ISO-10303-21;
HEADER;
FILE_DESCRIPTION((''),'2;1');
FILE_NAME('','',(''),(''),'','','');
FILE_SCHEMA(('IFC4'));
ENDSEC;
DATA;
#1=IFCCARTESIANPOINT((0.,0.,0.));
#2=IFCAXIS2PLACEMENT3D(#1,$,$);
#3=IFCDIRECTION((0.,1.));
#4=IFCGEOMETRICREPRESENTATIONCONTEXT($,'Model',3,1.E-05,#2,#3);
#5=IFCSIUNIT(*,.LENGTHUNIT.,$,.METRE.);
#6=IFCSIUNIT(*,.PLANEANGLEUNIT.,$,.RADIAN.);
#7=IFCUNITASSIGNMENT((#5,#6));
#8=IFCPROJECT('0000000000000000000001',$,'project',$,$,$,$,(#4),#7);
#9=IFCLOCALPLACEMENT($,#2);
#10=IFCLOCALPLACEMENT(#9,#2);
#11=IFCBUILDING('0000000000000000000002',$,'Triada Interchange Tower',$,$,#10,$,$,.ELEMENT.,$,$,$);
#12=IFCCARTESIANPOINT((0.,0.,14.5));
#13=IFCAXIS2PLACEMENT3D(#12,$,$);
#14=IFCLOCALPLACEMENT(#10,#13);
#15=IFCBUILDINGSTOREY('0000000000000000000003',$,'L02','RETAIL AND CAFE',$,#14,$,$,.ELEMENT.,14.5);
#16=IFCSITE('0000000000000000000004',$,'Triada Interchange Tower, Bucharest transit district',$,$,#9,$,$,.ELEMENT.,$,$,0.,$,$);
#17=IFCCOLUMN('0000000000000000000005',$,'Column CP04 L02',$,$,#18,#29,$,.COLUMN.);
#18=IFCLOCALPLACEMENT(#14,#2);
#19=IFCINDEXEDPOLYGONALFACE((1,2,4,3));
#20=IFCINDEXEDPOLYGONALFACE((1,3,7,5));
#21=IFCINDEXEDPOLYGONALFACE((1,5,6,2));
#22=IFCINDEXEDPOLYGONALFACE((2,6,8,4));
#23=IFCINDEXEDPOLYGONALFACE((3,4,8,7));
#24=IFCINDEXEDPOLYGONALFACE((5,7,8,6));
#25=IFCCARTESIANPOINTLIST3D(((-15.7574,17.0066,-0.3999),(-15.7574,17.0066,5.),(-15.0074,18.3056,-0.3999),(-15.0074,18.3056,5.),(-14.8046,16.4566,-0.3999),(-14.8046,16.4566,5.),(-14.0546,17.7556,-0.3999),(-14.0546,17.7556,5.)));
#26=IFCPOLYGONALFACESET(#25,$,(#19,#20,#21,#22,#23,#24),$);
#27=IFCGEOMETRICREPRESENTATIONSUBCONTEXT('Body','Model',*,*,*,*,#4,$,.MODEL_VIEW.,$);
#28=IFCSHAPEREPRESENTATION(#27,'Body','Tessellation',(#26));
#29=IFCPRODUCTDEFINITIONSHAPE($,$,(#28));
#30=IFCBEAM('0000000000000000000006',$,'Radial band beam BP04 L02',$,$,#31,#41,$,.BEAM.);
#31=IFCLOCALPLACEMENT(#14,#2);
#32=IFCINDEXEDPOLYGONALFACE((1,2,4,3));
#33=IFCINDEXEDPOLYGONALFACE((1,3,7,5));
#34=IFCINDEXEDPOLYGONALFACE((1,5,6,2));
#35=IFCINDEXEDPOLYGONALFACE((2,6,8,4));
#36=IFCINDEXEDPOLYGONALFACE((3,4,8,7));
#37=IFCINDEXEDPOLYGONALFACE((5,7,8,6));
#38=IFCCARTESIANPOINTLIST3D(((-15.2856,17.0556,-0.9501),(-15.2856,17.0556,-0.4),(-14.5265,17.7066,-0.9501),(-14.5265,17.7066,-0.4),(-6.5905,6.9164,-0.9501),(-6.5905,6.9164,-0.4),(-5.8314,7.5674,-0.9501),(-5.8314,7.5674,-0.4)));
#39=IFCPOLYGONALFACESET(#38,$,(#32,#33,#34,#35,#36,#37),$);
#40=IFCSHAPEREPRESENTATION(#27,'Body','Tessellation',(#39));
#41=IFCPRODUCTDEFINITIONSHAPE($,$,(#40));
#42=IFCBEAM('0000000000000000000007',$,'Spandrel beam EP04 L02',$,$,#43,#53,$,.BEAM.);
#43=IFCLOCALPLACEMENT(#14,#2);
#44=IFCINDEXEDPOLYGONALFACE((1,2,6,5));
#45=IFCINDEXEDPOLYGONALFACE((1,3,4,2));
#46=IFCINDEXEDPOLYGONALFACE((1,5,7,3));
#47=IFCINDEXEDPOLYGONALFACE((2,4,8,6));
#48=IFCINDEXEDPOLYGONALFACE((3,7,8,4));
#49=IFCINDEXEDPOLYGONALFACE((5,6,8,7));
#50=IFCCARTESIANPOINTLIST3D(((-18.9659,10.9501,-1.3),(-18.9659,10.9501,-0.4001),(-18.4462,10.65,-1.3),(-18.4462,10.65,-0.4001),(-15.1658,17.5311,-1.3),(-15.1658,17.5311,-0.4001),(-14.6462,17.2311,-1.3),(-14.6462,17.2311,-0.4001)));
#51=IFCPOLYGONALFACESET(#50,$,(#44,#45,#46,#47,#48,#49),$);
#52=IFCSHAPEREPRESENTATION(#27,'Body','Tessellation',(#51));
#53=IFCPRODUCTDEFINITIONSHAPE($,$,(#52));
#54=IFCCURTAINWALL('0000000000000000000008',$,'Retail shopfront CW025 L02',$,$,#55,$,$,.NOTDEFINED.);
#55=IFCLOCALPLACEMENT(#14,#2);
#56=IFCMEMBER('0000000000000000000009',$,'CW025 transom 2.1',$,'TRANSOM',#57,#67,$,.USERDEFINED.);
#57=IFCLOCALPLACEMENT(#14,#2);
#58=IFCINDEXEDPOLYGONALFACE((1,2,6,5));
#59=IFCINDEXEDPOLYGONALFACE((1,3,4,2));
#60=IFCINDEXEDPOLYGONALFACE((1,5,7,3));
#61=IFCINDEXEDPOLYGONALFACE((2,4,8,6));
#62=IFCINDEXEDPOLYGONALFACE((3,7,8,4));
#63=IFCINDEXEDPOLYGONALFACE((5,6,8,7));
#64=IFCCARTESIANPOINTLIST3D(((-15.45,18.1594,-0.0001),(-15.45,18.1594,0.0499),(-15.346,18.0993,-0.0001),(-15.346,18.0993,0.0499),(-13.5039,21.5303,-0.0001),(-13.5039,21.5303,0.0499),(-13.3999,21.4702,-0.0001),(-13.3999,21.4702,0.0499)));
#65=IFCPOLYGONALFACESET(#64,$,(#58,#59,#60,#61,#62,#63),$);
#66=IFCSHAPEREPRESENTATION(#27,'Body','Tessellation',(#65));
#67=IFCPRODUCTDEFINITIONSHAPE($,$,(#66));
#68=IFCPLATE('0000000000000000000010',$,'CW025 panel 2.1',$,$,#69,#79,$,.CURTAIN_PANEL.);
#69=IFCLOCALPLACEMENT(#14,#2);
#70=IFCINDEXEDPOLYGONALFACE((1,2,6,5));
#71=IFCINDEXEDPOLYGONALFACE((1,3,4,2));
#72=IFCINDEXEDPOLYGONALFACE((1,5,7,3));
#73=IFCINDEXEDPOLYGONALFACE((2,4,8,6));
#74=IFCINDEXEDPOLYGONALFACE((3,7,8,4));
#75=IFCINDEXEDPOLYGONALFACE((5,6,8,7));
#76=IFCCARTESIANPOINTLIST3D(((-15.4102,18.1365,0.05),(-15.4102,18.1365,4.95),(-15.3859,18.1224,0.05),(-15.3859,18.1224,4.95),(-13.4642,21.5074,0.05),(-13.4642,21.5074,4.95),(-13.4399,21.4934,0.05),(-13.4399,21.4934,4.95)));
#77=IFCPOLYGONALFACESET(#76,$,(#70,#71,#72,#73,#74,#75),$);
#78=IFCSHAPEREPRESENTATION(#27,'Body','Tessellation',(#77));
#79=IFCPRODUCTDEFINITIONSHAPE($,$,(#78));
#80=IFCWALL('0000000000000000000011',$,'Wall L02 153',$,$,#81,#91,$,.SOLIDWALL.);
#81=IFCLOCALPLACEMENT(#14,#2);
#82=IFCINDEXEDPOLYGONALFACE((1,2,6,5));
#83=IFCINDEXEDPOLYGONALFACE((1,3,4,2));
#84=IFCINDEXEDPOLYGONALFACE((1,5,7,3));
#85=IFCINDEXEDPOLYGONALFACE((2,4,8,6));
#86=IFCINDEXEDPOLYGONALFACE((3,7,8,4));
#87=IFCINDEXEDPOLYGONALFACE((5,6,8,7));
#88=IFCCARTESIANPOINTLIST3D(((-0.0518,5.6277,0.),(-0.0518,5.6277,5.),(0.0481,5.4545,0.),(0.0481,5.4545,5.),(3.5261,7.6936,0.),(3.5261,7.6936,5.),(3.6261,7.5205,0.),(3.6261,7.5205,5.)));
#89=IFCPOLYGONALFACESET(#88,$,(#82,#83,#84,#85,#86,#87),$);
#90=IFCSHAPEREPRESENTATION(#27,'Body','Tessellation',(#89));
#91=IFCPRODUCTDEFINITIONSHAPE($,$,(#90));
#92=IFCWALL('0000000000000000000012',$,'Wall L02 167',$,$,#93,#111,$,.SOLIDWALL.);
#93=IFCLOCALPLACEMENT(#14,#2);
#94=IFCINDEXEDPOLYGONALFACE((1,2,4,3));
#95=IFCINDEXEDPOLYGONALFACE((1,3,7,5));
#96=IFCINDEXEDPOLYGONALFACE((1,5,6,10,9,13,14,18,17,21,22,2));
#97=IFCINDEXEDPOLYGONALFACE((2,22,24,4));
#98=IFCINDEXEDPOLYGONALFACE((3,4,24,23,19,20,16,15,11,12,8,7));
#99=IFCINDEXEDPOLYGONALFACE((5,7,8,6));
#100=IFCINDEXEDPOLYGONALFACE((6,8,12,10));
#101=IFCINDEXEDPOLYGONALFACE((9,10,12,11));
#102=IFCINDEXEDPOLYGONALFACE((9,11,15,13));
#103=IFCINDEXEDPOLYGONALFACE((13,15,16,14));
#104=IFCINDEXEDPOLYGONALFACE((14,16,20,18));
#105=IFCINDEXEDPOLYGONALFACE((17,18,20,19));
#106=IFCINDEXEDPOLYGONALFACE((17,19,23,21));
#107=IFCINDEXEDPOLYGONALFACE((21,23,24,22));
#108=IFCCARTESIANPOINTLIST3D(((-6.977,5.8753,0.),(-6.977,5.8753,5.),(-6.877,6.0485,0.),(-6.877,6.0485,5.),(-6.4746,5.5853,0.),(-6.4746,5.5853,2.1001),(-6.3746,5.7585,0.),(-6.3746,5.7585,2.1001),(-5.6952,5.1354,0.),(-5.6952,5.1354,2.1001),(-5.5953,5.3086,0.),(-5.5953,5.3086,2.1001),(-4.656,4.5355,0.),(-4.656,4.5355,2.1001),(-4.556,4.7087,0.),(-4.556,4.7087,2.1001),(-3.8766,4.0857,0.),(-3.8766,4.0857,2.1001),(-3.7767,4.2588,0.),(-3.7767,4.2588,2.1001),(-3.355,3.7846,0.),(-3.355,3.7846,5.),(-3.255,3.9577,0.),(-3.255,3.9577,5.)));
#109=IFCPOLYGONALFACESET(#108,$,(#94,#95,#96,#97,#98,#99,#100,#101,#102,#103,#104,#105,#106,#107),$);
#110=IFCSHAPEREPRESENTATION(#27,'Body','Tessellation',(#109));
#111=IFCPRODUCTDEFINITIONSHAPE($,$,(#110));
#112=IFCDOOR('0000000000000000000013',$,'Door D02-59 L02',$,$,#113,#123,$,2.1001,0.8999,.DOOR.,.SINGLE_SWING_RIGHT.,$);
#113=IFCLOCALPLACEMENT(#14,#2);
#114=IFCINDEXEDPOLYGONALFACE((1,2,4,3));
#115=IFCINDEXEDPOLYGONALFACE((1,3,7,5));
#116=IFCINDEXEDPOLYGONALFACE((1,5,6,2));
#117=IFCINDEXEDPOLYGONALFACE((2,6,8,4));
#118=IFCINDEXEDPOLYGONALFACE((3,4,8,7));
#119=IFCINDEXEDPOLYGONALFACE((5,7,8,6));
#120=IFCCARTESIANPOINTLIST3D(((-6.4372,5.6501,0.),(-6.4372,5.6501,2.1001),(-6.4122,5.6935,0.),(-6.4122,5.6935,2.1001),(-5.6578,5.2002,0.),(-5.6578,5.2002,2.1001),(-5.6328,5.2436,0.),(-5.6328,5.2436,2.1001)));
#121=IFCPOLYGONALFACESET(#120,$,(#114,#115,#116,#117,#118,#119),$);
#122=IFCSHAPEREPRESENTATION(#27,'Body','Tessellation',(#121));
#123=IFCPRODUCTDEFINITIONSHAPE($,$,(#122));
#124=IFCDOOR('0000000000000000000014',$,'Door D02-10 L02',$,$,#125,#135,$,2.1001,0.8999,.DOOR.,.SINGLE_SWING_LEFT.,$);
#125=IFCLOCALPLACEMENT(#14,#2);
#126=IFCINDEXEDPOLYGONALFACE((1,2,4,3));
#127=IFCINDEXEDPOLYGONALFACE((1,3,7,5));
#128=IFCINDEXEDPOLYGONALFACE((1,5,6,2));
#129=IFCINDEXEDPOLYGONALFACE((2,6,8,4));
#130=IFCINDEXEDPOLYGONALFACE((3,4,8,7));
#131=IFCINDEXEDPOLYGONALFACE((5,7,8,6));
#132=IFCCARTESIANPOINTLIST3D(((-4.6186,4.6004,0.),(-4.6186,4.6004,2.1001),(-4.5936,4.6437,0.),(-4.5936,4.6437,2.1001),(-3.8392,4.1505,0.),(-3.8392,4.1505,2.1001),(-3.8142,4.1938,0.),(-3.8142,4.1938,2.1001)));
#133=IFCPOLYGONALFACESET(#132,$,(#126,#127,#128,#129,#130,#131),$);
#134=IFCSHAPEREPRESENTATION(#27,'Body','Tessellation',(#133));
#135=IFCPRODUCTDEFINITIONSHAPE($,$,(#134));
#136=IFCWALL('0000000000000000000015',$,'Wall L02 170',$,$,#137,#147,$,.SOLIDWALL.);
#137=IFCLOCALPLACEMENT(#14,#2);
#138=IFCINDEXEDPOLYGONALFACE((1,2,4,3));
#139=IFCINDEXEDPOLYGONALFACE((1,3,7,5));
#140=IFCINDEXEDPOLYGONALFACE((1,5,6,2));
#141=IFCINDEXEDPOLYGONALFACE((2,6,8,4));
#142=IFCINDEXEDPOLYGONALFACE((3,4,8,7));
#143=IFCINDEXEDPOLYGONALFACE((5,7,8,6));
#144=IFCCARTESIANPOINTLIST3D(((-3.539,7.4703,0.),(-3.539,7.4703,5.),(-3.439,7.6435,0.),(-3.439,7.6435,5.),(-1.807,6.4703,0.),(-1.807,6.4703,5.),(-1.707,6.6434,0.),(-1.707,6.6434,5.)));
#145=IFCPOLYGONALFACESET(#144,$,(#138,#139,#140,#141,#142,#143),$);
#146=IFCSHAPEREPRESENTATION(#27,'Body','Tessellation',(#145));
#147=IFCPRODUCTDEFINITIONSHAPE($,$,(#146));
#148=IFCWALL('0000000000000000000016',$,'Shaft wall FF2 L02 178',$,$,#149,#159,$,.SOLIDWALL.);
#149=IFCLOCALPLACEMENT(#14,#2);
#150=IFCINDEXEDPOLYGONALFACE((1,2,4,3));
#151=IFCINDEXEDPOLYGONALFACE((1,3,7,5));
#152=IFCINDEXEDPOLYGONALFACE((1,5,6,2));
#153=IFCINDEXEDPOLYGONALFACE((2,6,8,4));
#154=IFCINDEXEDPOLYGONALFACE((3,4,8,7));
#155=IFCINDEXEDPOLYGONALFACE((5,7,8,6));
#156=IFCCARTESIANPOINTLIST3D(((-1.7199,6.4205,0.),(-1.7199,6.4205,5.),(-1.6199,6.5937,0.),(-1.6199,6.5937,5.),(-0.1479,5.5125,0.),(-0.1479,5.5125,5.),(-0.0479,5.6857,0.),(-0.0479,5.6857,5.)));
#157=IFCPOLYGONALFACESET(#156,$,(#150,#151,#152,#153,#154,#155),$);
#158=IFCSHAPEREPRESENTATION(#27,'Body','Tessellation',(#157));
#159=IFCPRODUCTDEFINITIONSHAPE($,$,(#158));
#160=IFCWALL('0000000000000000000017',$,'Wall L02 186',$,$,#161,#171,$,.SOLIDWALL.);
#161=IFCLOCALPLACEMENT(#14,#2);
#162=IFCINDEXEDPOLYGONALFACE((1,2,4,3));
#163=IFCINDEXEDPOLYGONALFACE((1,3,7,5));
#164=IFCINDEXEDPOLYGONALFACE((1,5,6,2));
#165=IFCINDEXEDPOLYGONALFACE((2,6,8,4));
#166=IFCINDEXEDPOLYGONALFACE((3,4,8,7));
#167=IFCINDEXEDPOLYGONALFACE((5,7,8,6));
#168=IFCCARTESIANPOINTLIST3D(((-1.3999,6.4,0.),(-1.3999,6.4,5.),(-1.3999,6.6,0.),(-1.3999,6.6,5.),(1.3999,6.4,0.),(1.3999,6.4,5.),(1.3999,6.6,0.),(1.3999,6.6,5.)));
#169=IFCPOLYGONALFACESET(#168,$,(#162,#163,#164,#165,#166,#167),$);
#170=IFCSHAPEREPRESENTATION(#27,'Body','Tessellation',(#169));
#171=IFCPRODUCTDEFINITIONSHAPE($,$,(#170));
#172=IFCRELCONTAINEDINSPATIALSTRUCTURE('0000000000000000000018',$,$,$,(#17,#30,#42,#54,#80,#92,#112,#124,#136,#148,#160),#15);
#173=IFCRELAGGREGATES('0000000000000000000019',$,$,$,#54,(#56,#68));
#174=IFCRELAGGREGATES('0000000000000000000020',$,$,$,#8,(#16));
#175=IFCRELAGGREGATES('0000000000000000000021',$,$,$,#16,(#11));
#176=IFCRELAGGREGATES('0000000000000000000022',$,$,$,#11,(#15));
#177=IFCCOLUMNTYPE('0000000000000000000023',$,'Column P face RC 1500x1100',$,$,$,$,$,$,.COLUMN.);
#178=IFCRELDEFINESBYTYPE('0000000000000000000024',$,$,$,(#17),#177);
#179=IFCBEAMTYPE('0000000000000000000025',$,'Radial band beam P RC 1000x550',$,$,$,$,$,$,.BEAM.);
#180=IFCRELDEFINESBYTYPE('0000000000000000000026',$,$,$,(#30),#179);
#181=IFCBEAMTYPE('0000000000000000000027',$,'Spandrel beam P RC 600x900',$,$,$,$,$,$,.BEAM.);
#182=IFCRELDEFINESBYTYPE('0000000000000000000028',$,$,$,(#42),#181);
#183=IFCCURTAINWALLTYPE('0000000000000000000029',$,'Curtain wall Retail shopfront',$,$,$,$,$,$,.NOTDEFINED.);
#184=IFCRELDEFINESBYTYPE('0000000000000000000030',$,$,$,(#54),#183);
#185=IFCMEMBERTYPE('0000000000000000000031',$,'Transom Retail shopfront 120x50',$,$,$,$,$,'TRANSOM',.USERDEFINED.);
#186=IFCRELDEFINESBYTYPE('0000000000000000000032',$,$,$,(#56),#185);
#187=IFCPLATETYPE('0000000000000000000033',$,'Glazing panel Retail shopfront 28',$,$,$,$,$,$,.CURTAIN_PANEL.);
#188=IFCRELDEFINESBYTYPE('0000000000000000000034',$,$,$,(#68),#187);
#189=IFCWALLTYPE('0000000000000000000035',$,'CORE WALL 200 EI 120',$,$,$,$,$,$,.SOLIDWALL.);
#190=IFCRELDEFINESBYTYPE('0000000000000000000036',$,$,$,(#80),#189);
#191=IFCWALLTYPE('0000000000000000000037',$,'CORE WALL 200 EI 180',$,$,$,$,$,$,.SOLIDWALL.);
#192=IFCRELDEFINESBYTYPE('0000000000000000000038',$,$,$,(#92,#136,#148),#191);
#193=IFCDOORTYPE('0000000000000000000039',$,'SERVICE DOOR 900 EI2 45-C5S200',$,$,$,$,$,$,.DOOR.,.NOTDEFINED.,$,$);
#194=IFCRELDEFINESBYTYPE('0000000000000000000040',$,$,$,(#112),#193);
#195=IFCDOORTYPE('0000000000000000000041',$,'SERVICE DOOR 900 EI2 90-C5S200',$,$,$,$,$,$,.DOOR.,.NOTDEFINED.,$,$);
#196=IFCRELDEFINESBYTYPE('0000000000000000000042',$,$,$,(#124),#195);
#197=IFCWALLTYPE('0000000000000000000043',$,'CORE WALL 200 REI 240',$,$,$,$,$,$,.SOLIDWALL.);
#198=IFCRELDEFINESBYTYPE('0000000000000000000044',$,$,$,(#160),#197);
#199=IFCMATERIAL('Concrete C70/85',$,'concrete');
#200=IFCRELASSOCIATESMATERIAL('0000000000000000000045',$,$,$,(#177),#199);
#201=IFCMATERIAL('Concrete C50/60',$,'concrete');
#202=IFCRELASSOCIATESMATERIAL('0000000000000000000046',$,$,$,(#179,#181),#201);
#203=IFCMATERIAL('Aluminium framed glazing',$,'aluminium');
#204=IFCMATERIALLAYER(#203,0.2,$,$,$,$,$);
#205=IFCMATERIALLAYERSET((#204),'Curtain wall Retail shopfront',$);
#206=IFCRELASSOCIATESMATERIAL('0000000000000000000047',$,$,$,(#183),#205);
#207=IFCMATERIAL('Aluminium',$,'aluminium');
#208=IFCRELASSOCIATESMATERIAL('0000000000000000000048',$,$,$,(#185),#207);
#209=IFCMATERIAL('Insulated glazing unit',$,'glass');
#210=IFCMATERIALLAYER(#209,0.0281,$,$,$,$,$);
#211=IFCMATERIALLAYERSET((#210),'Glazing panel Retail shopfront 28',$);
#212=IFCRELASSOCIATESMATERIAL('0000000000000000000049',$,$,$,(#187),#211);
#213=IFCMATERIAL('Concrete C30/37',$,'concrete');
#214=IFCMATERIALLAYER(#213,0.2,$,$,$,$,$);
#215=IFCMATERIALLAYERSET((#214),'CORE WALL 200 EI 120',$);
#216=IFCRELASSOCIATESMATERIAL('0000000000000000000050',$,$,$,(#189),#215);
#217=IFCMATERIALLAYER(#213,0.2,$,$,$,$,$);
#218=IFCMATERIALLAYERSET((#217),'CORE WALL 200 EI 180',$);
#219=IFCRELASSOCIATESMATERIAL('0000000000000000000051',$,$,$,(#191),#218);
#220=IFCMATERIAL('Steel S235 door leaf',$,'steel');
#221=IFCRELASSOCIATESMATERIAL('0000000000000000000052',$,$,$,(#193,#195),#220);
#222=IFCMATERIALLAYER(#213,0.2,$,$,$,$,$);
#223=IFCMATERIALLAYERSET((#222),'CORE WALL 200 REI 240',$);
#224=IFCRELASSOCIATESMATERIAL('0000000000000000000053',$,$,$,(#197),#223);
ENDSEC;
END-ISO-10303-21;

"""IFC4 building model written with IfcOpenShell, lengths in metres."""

from ifc_helpers import new_model, si_unit, direction, frame, frame_2d, origin, origin_2d, place, context, subcontext, project, spatial, rectangle, extrude, material, layer, layer_set, material_profile, profile_set, type_object, element, fill, aggregate, save


model = new_model("IFC4")

# Units and contexts
model_context = context("Model", 3, precision=1e-05, world=origin(), true_north=direction((0.0, 1.0)))
body_context = subcontext(model_context, "Body", "Model", "MODEL_VIEW")
ifc_project = project(units=[si_unit("LENGTHUNIT", "METRE"), si_unit("PLANEANGLEUNIT", "RADIAN")], contexts=[model_context])

# Site, building, storey
site_placement = place(None, origin())
site = spatial("IfcSite", under=ifc_project, at=site_placement, Name="Triada Interchange Tower, Bucharest transit district", CompositionType="ELEMENT", RefElevation=0.0)
building_placement = place(site_placement, origin())
building = spatial("IfcBuilding", under=site, at=building_placement, Name="Triada Interchange Tower", CompositionType="ELEMENT")
storey_placement = place(building_placement, frame((0.0, 0.0, 14.5)))
storey = spatial("IfcBuildingStorey", under=building, at=storey_placement, Name="L02", Description="RETAIL AND CAFE", CompositionType="ELEMENT", Elevation=14.5)

# Column
ifc_material_1 = material(Name="Concrete C70/85", Category="concrete")
ifc_material_profile_1 = material_profile(ifc_material_1, rectangle(XDim=1.5, YDim=1.1001, at=origin_2d()), Name="RC 1500x1100")
ifc_profile_set_1 = profile_set([ifc_material_profile_1], Name="Concrete C70/85")
column_type = type_object("IfcColumnType", Name="Column P face RC 1500x1100", PredefinedType="COLUMN", material=ifc_profile_set_1)
column_placement = place(storey_placement, frame((-14.906, 17.3811, -0.3999), z_axis=(0.0, 0.0, 1.0), x_axis=(0.5, 0.866025, 0.0)))
element("IfcColumn", 1, at=column_placement, inside=storey, type_object=column_type, Name="Column CP04 L02", PredefinedType="COLUMN", context=body_context, shape_type="SweptSolid", body=[
    extrude(rectangle(XDim=1.5, YDim=1.1001, at=origin_2d()), origin(), (0.0, 0.0, 1.0), 5.3999),
])

# Beams
ifc_material_2 = material(Name="Concrete C50/60", Category="concrete")
ifc_material_profile_2 = material_profile(ifc_material_2, rectangle(XDim=1.0, YDim=0.55, at=origin_2d()), Name="RC 1000x550")
ifc_profile_set_2 = profile_set([ifc_material_profile_2], Name="Concrete C50/60")
beam_type_1 = type_object("IfcBeamType", Name="Radial band beam P RC 1000x550", PredefinedType="BEAM", material=ifc_profile_set_2)
beam_1_placement = place(storey_placement, frame((-14.906, 17.3811, -0.675), z_axis=(0.65098, -0.759095, 0.0), x_axis=(0.759095, 0.65098, 0.0)))
element("IfcBeam", 2, at=beam_1_placement, inside=storey, type_object=beam_type_1, Name="Radial band beam BP04 L02", PredefinedType="BEAM", context=body_context, shape_type="SweptSolid", body=[
    extrude(rectangle(XDim=1.0, YDim=0.55, at=origin_2d()), origin(), (0.0, 0.0, 1.0), 13.3569),
])
ifc_material_profile_3 = material_profile(ifc_material_2, rectangle(XDim=0.6001, YDim=0.8999, at=origin_2d()), Name="RC 600x900")
ifc_profile_set_3 = profile_set([ifc_material_profile_3], Name="Concrete C50/60")
beam_type_2 = type_object("IfcBeamType", Name="Spandrel beam P RC 600x900", PredefinedType="BEAM", material=ifc_profile_set_3)
beam_2_placement = place(storey_placement, frame((-14.906, 17.3811, -0.8501), z_axis=(-0.500047, -0.865998, 0.0), x_axis=(0.865998, -0.500047, 0.0)))
element("IfcBeam", 3, at=beam_2_placement, inside=storey, type_object=beam_type_2, Name="Spandrel beam EP04 L02", PredefinedType="BEAM", context=body_context, shape_type="SweptSolid", body=[
    extrude(rectangle(XDim=0.6001, YDim=0.8999, at=origin_2d()), origin(), (0.0, 0.0, 1.0), 7.5994),
])

# Curtain wall, member, plate
ifc_material_3 = material(Name="Aluminium framed glazing", Category="aluminium")
ifc_layer_1 = layer(ifc_material_3, 0.2)
ifc_layer_set_1 = layer_set([ifc_layer_1], Name="Curtain wall Retail shopfront")
curtain_wall_type = type_object("IfcCurtainWallType", Name="Curtain wall Retail shopfront", PredefinedType="NOTDEFINED", material=ifc_layer_set_1)
curtain_wall_placement = place(storey_placement, origin())
curtain_wall = element("IfcCurtainWall", 4, at=curtain_wall_placement, inside=storey, type_object=curtain_wall_type, Name="Retail shopfront CW025 L02", PredefinedType="NOTDEFINED")
ifc_material_4 = material(Name="Aluminium", Category="aluminium")
ifc_material_profile_4 = material_profile(ifc_material_4, rectangle(XDim=0.1201, YDim=0.05, at=origin_2d()), Name="Aluminium transom")
ifc_profile_set_4 = profile_set([ifc_material_profile_4], Name="Aluminium")
member_type = type_object("IfcMemberType", Name="Transom Retail shopfront 120x50", ElementType="TRANSOM", PredefinedType="USERDEFINED", material=ifc_profile_set_4)
member_placement = place(storey_placement, frame((-13.4519, 21.5002, 0.0249), z_axis=(-0.499978, -0.866038, 0.0), x_axis=(0.866038, -0.499978, 0.0)))
member = element("IfcMember", 5, at=member_placement, type_object=member_type, Name="CW025 transom 2.1", ObjectType="TRANSOM", PredefinedType="USERDEFINED", context=body_context, shape_type="SweptSolid", body=[
    extrude(rectangle(XDim=0.1201, YDim=0.05, at=origin_2d()), origin(), (0.0, 0.0, 1.0), 3.8923),
])
ifc_material_5 = material(Name="Insulated glazing unit", Category="glass")
ifc_layer_2 = layer(ifc_material_5, 0.0281)
ifc_layer_set_2 = layer_set([ifc_layer_2], Name="Glazing panel Retail shopfront 28")
plate_type = type_object("IfcPlateType", Name="Glazing panel Retail shopfront 28", PredefinedType="CURTAIN_PANEL", material=ifc_layer_set_2)
plate_placement = place(storey_placement, frame((-14.425, 19.8149, 0.05), z_axis=(0.0, 0.0, 1.0), x_axis=(-0.499948, -0.866055, 0.0)))
plate = element("IfcPlate", 6, at=plate_placement, type_object=plate_type, Name="CW025 panel 2.1", PredefinedType="CURTAIN_PANEL", context=body_context, shape_type="SweptSolid", body=[
    extrude(rectangle(XDim=3.8923, YDim=0.0281, at=origin_2d()), origin(), (0.0, 0.0, 1.0), 4.8999),
])
aggregate(curtain_wall, [member, plate])

# Wall
ifc_material_6 = material(Name="Concrete C30/37", Category="concrete")
ifc_layer_3 = layer(ifc_material_6, 0.2)
ifc_layer_set_3 = layer_set([ifc_layer_3], Name="CORE WALL 200 EI 120")
wall_type_1 = type_object("IfcWallType", Name="CORE WALL 200 EI 120", PredefinedType="SOLIDWALL", material=ifc_layer_set_3)
wall_1_placement = place(storey_placement, frame((-0.002, 5.541, 0.0), z_axis=(0.0, 0.0, 1.0), x_axis=(0.866002, 0.500041, 0.0)))
element("IfcWall", 7, at=wall_1_placement, inside=storey, type_object=wall_type_1, Name="Wall L02 153", PredefinedType="SOLIDWALL", context=body_context, shape_type="SweptSolid", body=[
    extrude(rectangle(XDim=4.1316, YDim=0.2, at=frame_2d((2.0659, 0.0))), origin(), (0.0, 0.0, 1.0), 5.0),
])

# Wall, openings, doors
ifc_layer_4 = layer(ifc_material_6, 0.2)
ifc_layer_set_4 = layer_set([ifc_layer_4], Name="CORE WALL 200 EI 180")
wall_type_2 = type_object("IfcWallType", Name="CORE WALL 200 EI 180", PredefinedType="SOLIDWALL", material=ifc_layer_set_4)
wall_2_placement = place(storey_placement, frame((-6.927, 5.9619, 0.0), z_axis=(0.0, 0.0, 1.0), x_axis=(0.866065, -0.499931, 0.0)))
wall_2 = element("IfcWall", 8, at=wall_2_placement, inside=storey, type_object=wall_type_2, Name="Wall L02 167", PredefinedType="SOLIDWALL", context=body_context, shape_type="SweptSolid", body=[
    extrude(rectangle(XDim=4.1821, YDim=0.2, at=frame_2d((2.0911, 0.0))), origin(), (0.0, 0.0, 1.0), 5.0),
])
opening_1_placement = place(wall_2_placement, frame((2.6799, 0.0, 0.0)))
opening_1 = element("IfcOpeningElement", 9, at=opening_1_placement, cuts=wall_2, PredefinedType="OPENING", context=body_context, shape_type="SweptSolid", body=[
    extrude(rectangle(XDim=0.8999, YDim=2.1001, at=frame_2d((0.45, 1.05))), frame((0.0, 0.1099, 0.0), z_axis=(0.0, -1.0, 0.0), x_axis=(1.0, 0.0, 0.0)), (0.0, 0.0, 1.0), 0.22),
])
opening_2_placement = place(wall_2_placement, frame((0.5801, 0.0, 0.0)))
opening_2 = element("IfcOpeningElement", 10, at=opening_2_placement, cuts=wall_2, PredefinedType="OPENING", context=body_context, shape_type="SweptSolid", body=[
    extrude(rectangle(XDim=0.8999, YDim=2.1001, at=frame_2d((0.45, 1.05))), frame((0.0, 0.1099, 0.0), z_axis=(0.0, -1.0, 0.0), x_axis=(1.0, 0.0, 0.0)), (0.0, 0.0, 1.0), 0.22),
])
ifc_material_7 = material(Name="Steel S235 door leaf", Category="steel")
door_type_1 = type_object("IfcDoorType", Name="SERVICE DOOR 900 EI2 45-C5S200", OperationType="NOTDEFINED", PredefinedType="DOOR", material=ifc_material_7)
door_1_placement = place(opening_2_placement, origin())
door_1 = element("IfcDoor", 11, at=door_1_placement, inside=storey, type_object=door_type_1, Name="Door D02-59 L02", OperationType="SINGLE_SWING_RIGHT", OverallHeight=2.1001, OverallWidth=0.8999, PredefinedType="DOOR", context=body_context, shape_type="SweptSolid", body=[
    extrude(rectangle(XDim=0.8999, YDim=2.1001, at=frame_2d((0.45, 1.05))), frame((0.0, 0.0249, 0.0), z_axis=(0.0, -1.0, 0.0), x_axis=(1.0, 0.0, 0.0)), (0.0, 0.0, 1.0), 0.05),
])
fill(opening_2, door_1)
door_type_2 = type_object("IfcDoorType", Name="SERVICE DOOR 900 EI2 90-C5S200", OperationType="NOTDEFINED", PredefinedType="DOOR", material=ifc_material_7)
door_2_placement = place(opening_1_placement, origin())
door_2 = element("IfcDoor", 12, at=door_2_placement, inside=storey, type_object=door_type_2, Name="Door D02-10 L02", OperationType="SINGLE_SWING_LEFT", OverallHeight=2.1001, OverallWidth=0.8999, PredefinedType="DOOR", context=body_context, shape_type="SweptSolid", body=[
    extrude(rectangle(XDim=0.8999, YDim=2.1001, at=frame_2d((0.45, 1.05))), frame((0.0, 0.0249, 0.0), z_axis=(0.0, -1.0, 0.0), x_axis=(1.0, 0.0, 0.0)), (0.0, 0.0, 1.0), 0.05),
])
fill(opening_1, door_2)

# Walls
wall_3_placement = place(storey_placement, frame((-3.489, 7.5569, 0.0), z_axis=(0.0, 0.0, 1.0), x_axis=(0.866011, -0.500025, 0.0)))
element("IfcWall", 13, at=wall_3_placement, inside=storey, type_object=wall_type_2, Name="Wall L02 170", PredefinedType="SOLIDWALL", context=body_context, shape_type="SweptSolid", body=[
    extrude(rectangle(XDim=2.0, YDim=0.2, at=frame_2d((1.0, 0.0))), origin(), (0.0, 0.0, 1.0), 5.0),
])
wall_4_placement = place(storey_placement, frame((-1.6699, 6.5071, 0.0), z_axis=(0.0, 0.0, 1.0), x_axis=(0.865941, -0.500145, 0.0)))
element("IfcWall", 14, at=wall_4_placement, inside=storey, type_object=wall_type_2, Name="Shaft wall FF2 L02 178", PredefinedType="SOLIDWALL", context=body_context, shape_type="SweptSolid", body=[
    extrude(rectangle(XDim=1.8154, YDim=0.2, at=frame_2d((0.9077, 0.0))), origin(), (0.0, 0.0, 1.0), 5.0),
])
ifc_layer_5 = layer(ifc_material_6, 0.2)
ifc_layer_set_5 = layer_set([ifc_layer_5], Name="CORE WALL 200 REI 240")
wall_type_3 = type_object("IfcWallType", Name="CORE WALL 200 REI 240", PredefinedType="SOLIDWALL", material=ifc_layer_set_5)
wall_5_placement = place(storey_placement, frame((-1.3999, 6.5, 0.0), z_axis=(0.0, 0.0, 1.0), x_axis=(1.0, 0.0, 0.0)))
element("IfcWall", 15, at=wall_5_placement, inside=storey, type_object=wall_type_3, Name="Wall L02 186", PredefinedType="SOLIDWALL", context=body_context, shape_type="SweptSolid", body=[
    extrude(rectangle(XDim=2.7998, YDim=0.2, at=frame_2d((1.3999, 0.0))), origin(), (0.0, 0.0, 1.0), 5.0),
])

save(model, "model.ifc")
